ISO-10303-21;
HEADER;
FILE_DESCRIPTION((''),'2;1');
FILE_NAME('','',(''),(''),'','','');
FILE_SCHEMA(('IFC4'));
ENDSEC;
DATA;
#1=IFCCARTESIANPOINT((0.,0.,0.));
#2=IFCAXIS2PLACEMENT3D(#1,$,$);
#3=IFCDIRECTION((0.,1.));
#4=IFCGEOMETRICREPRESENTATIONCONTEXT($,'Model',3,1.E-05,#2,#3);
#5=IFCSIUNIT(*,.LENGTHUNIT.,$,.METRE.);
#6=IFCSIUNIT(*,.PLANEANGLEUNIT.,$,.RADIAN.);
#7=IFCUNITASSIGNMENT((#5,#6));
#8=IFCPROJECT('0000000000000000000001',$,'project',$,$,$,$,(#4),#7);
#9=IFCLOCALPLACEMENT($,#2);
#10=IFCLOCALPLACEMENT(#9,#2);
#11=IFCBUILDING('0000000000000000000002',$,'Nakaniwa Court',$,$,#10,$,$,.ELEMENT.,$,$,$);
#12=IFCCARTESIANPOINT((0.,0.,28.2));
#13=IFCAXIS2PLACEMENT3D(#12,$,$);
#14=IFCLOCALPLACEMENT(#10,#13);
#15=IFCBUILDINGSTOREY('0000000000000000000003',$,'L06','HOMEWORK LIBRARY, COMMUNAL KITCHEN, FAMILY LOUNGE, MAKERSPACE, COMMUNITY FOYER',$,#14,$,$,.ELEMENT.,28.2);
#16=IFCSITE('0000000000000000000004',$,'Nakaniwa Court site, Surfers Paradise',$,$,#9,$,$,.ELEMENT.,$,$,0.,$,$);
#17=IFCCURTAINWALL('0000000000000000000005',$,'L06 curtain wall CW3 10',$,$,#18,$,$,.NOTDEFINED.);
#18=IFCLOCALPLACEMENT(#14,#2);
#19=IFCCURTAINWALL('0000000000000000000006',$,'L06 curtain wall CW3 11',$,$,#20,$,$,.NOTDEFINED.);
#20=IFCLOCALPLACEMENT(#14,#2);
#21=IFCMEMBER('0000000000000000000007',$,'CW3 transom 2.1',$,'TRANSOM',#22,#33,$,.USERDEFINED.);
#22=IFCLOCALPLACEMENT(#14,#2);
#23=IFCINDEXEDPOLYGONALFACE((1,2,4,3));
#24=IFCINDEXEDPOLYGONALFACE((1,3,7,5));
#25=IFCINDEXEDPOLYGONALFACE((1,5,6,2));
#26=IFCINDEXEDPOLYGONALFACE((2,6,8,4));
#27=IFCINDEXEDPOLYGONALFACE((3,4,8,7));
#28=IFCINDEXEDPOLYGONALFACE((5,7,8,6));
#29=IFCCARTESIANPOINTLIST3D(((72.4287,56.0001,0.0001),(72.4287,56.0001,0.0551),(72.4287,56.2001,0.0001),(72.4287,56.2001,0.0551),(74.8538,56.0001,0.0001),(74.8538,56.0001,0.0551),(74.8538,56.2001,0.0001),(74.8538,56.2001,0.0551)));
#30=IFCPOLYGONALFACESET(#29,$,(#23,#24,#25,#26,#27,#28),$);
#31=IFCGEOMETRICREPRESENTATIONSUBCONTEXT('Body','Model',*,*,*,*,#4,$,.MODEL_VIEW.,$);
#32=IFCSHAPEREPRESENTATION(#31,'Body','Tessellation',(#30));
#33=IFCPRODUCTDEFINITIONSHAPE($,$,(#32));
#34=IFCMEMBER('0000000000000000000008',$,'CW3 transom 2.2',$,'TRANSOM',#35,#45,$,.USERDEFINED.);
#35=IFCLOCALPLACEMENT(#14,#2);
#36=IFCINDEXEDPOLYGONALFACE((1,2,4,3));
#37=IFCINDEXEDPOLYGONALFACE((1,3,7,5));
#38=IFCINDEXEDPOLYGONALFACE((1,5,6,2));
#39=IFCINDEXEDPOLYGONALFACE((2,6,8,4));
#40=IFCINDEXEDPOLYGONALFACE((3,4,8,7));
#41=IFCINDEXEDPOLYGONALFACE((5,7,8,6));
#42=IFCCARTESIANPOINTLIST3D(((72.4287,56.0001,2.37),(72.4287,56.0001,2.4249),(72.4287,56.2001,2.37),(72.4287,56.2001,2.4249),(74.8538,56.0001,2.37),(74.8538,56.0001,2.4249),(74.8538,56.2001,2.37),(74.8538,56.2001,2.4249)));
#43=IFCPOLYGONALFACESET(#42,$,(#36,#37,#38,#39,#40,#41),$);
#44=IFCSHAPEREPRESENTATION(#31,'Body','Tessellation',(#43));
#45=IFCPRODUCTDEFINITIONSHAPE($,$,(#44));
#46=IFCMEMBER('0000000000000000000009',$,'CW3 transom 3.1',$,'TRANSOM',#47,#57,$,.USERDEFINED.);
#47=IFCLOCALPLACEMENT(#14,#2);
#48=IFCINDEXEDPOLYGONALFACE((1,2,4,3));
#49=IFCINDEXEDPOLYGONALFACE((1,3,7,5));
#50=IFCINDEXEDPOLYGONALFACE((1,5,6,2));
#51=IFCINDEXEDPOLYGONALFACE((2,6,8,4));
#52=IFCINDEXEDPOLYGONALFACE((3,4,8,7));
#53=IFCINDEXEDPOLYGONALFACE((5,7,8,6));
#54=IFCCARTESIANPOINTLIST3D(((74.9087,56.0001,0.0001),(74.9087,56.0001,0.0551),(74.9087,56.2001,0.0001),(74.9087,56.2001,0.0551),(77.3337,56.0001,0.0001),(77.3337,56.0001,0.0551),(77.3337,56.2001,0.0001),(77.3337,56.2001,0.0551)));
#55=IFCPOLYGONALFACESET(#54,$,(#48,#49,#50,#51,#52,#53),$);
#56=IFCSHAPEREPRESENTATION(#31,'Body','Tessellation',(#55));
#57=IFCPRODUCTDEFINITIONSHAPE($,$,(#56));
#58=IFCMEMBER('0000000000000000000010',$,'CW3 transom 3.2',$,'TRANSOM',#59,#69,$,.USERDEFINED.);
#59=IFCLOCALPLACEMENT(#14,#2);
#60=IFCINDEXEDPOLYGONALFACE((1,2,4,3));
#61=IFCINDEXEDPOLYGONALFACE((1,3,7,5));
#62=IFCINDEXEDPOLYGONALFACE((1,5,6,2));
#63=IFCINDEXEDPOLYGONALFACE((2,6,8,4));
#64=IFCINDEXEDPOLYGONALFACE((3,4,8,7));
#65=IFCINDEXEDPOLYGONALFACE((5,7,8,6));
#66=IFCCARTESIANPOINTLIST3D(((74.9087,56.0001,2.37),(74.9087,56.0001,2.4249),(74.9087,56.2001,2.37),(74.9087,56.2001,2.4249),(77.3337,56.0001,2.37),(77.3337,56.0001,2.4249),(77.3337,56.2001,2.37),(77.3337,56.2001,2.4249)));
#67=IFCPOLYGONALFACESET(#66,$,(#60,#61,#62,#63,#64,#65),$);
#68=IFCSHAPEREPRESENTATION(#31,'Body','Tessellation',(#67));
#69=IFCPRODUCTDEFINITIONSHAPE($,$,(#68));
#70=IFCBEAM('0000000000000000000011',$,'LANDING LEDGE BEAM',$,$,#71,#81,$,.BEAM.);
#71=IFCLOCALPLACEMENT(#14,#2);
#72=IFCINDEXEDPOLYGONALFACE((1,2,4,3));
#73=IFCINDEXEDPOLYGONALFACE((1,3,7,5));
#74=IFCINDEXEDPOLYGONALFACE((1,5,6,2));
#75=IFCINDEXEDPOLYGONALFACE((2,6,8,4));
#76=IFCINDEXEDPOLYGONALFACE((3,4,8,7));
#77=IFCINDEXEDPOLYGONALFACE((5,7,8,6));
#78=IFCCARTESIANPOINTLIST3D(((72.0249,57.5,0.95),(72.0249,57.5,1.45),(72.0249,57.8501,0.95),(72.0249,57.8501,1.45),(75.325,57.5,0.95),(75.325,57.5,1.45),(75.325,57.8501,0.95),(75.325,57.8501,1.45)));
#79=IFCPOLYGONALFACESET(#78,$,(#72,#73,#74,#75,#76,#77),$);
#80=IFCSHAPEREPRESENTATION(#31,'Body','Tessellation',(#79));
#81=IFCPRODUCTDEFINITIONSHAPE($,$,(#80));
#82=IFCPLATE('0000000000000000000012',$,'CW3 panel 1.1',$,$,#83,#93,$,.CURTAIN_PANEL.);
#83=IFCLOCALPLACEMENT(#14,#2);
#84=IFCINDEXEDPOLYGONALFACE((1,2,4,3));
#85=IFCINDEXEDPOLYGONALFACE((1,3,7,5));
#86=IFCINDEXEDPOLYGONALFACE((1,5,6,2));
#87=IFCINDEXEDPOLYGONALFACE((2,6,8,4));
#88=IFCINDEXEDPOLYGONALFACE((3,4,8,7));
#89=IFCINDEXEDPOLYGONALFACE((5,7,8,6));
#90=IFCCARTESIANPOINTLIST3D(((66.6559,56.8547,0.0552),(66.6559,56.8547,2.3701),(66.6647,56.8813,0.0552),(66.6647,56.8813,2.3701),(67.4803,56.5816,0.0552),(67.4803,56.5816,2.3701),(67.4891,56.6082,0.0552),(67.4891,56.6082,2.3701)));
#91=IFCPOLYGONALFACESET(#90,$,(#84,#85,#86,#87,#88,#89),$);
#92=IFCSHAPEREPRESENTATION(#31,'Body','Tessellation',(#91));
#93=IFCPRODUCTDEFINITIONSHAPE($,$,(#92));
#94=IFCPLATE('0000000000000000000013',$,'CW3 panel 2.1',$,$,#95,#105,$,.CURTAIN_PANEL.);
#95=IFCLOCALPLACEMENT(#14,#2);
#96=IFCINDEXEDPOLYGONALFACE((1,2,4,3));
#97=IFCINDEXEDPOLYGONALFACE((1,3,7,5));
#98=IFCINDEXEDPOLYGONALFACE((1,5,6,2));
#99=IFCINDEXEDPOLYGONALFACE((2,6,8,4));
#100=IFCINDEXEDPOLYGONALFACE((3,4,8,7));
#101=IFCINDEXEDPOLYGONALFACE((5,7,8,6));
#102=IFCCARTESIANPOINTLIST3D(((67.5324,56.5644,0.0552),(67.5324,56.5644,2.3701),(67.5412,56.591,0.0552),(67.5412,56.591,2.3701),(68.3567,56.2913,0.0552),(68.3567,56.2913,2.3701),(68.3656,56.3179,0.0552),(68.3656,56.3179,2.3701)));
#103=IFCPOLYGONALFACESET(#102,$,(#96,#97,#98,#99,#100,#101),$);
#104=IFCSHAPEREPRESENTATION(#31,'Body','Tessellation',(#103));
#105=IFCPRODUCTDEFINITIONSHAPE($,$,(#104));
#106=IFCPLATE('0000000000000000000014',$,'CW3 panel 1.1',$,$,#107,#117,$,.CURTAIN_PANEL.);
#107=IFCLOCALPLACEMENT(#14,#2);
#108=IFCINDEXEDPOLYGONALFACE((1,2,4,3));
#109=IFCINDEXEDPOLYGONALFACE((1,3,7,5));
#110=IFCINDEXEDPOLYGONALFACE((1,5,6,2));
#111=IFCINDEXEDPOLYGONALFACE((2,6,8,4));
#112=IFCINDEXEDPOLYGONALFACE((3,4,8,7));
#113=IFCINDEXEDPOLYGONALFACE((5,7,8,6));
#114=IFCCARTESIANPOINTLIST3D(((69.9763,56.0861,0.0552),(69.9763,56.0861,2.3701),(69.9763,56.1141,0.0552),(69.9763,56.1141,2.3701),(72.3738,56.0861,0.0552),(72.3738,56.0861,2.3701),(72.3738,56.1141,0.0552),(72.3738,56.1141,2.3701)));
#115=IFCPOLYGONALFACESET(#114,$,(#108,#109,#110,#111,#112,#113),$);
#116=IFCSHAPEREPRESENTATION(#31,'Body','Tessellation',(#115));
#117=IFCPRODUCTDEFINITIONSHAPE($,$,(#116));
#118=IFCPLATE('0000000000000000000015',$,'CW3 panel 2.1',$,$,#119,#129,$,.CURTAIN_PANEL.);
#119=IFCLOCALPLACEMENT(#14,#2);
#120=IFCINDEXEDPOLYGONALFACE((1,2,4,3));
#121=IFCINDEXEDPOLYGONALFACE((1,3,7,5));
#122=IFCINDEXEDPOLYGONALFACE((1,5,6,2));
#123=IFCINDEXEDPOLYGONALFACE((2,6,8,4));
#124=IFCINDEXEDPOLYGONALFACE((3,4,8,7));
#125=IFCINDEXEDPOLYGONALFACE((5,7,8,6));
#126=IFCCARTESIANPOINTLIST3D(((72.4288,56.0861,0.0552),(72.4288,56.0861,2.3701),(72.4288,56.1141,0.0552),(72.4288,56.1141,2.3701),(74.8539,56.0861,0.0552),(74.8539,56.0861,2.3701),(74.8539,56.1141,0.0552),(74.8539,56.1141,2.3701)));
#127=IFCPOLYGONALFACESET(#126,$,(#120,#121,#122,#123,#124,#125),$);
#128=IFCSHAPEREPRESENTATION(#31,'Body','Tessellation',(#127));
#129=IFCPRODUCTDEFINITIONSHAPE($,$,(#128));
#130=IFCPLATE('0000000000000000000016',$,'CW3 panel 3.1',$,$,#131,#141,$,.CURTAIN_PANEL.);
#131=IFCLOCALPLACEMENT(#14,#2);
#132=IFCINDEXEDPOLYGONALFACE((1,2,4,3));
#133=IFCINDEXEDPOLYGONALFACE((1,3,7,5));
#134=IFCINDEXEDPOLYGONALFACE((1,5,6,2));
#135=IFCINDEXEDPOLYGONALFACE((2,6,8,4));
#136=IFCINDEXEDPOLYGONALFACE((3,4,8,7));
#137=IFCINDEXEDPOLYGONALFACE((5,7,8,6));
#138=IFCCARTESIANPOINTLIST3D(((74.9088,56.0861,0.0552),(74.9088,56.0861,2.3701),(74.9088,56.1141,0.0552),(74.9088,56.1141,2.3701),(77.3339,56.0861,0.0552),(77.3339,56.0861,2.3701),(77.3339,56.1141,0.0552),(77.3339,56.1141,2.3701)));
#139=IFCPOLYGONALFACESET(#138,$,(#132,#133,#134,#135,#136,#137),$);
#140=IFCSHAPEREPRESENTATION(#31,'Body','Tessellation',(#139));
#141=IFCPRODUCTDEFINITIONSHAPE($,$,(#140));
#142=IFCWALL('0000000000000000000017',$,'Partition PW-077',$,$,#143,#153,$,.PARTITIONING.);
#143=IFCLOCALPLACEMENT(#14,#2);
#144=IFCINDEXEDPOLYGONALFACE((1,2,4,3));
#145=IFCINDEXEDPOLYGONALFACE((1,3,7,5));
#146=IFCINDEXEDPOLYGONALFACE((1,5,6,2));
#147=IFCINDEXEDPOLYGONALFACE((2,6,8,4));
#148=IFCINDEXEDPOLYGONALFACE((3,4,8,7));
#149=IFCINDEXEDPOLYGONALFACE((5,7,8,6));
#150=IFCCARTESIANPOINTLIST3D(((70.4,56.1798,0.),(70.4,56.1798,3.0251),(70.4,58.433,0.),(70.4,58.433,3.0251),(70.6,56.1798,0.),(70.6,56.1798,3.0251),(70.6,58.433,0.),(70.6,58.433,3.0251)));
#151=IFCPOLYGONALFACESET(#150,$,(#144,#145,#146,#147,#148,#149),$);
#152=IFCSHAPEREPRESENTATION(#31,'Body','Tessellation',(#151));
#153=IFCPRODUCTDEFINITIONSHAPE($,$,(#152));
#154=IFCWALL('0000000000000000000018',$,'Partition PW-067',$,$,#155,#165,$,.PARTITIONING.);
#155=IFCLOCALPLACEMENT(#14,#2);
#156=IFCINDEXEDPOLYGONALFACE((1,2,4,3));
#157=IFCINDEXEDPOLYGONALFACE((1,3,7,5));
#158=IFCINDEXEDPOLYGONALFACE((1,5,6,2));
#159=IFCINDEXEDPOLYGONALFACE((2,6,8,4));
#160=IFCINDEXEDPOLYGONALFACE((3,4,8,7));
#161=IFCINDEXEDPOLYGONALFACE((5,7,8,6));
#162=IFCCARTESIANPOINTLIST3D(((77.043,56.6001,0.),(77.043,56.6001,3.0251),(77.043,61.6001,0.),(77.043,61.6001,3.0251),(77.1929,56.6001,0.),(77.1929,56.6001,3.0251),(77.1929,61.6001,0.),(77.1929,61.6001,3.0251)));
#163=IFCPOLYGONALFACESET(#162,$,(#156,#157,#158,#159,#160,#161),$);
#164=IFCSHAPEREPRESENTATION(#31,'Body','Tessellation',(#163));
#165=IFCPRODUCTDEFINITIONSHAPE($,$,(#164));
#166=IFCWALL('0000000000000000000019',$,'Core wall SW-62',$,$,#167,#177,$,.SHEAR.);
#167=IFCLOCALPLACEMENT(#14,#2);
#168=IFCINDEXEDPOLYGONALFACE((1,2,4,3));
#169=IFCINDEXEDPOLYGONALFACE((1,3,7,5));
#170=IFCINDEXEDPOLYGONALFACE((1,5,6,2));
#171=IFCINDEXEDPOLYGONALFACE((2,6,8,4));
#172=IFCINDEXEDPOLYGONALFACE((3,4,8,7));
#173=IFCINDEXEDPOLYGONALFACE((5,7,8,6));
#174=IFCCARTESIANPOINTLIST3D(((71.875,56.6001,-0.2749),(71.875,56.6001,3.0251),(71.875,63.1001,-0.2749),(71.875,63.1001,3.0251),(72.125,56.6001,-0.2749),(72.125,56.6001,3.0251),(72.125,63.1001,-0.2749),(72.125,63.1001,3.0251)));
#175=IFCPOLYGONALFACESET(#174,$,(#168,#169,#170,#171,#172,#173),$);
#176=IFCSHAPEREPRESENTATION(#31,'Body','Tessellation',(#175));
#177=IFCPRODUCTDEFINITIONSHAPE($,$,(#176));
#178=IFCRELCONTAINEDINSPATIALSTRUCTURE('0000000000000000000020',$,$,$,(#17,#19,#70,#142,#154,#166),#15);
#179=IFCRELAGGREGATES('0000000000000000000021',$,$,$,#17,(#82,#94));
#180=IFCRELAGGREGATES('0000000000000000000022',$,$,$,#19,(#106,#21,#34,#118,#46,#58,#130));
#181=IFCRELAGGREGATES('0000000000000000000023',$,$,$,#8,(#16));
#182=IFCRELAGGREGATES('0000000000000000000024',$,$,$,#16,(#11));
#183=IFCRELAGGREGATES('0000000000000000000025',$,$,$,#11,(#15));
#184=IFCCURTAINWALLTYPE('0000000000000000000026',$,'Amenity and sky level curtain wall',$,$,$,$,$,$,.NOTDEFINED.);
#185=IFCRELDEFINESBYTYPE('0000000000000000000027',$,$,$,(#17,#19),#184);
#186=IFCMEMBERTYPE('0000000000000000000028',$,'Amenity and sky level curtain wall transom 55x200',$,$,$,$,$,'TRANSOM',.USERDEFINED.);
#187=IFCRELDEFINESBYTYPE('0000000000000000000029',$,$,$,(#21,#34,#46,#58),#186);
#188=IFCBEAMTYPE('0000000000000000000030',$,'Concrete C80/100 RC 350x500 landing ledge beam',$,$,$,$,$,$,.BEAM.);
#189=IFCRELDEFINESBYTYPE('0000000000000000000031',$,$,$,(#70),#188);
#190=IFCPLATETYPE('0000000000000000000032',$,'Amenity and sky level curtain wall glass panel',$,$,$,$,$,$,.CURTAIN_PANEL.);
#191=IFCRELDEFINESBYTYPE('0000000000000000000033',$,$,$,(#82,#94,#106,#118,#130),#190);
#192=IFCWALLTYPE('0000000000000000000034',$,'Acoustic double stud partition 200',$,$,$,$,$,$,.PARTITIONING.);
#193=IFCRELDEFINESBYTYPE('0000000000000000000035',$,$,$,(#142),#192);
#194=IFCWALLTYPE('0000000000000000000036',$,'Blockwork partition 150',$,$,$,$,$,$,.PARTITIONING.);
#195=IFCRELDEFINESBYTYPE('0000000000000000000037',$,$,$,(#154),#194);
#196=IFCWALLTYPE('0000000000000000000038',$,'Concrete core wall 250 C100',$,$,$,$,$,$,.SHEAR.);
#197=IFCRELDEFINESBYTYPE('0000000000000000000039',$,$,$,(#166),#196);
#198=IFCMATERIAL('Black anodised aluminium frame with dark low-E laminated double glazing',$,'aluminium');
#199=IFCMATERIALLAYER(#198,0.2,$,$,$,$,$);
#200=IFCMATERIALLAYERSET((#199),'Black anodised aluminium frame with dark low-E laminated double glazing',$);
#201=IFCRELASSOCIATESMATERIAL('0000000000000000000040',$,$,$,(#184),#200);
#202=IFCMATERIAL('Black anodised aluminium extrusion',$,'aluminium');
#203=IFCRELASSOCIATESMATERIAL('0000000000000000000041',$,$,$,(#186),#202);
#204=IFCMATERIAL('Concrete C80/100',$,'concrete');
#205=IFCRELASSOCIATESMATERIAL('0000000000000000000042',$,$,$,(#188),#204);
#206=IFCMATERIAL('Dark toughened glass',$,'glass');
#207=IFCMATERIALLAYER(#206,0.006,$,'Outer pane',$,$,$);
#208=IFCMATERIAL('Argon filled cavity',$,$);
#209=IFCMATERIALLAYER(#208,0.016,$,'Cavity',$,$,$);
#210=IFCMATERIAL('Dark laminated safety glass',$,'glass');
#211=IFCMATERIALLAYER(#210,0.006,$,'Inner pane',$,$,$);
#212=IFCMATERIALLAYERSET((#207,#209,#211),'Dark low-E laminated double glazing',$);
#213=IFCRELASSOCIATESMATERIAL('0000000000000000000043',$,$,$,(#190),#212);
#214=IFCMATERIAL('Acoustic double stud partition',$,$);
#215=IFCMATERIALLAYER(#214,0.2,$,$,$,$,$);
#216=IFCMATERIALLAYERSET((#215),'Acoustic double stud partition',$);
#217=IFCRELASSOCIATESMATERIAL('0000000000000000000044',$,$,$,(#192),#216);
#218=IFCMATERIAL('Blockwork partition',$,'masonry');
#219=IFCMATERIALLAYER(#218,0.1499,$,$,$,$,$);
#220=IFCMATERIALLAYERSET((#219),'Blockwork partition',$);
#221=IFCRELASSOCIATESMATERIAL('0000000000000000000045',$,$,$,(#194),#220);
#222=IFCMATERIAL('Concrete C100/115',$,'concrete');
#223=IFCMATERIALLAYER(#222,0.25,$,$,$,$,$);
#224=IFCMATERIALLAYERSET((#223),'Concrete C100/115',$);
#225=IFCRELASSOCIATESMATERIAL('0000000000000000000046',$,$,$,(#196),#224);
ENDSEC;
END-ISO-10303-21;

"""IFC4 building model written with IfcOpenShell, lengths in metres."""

from ifc_helpers import new_model, si_unit, direction, frame, frame_2d, origin, origin_2d, place, context, subcontext, project, spatial, rectangle, extrude, material, layer, layer_set, material_profile, profile_set, type_object, element, aggregate, save


model = new_model("IFC4")

# Units and contexts
model_context = context("Model", 3, precision=1e-05, world=origin(), true_north=direction((0.0, 1.0)))
body_context = subcontext(model_context, "Body", "Model", "MODEL_VIEW")
ifc_project = project(units=[si_unit("LENGTHUNIT", "METRE"), si_unit("PLANEANGLEUNIT", "RADIAN")], contexts=[model_context])

# Site, building, storey
site_placement = place(None, origin())
site = spatial("IfcSite", under=ifc_project, at=site_placement, Name="Nakaniwa Court site, Surfers Paradise", CompositionType="ELEMENT", RefElevation=0.0)
building_placement = place(site_placement, origin())
building = spatial("IfcBuilding", under=site, at=building_placement, Name="Nakaniwa Court", CompositionType="ELEMENT")
storey_placement = place(building_placement, frame((0.0, 0.0, 28.2)))
storey = spatial("IfcBuildingStorey", under=building, at=storey_placement, Name="L06", Description="HOMEWORK LIBRARY, COMMUNAL KITCHEN, FAMILY LOUNGE, MAKERSPACE, COMMUNITY FOYER", CompositionType="ELEMENT", Elevation=28.2)

# Shared definitions
ifc_material_1 = material(Name="Concrete C100/115", Category="concrete")

# Shared definitions
ifc_material_2 = material(Name="Black anodised aluminium frame with dark low-E laminated double glazing", Category="aluminium")
ifc_layer_1 = layer(ifc_material_2, 0.2)
ifc_layer_set_1 = layer_set([ifc_layer_1], Name="Black anodised aluminium frame with dark low-E laminated double glazing")
curtain_wall_type = type_object("IfcCurtainWallType", Name="Amenity and sky level curtain wall", PredefinedType="NOTDEFINED", material=ifc_layer_set_1)
ifc_material_3 = material(Name="Black anodised aluminium extrusion", Category="aluminium")

# Curtain walls
curtain_wall_1_placement = place(storey_placement, origin())
curtain_wall_1 = element("IfcCurtainWall", 1, at=curtain_wall_1_placement, inside=storey, type_object=curtain_wall_type, Name="L06 curtain wall CW3 10", PredefinedType="NOTDEFINED")
curtain_wall_2_placement = place(storey_placement, origin())
curtain_wall_2 = element("IfcCurtainWall", 2, at=curtain_wall_2_placement, inside=storey, type_object=curtain_wall_type, Name="L06 curtain wall CW3 11", PredefinedType="NOTDEFINED")

# Members
ifc_material_profile_1 = material_profile(ifc_material_3, rectangle(XDim=0.2, YDim=0.0549, at=origin_2d()), Name="Amenity and sky level curtain wall transom 55x200")
ifc_profile_set_1 = profile_set([ifc_material_profile_1], Name="Black anodised aluminium extrusion")
member_type_1 = type_object("IfcMemberType", Name="Amenity and sky level curtain wall transom 55x200", ElementType="TRANSOM", PredefinedType="USERDEFINED", material=ifc_profile_set_1)
member_1_placement = place(storey_placement, frame((72.4287, 56.1001, 0.0276), z_axis=(1.0, 0.0, 0.0), x_axis=(0.0, 1.0, 0.0)))
member_1 = element("IfcMember", 3, at=member_1_placement, type_object=member_type_1, Name="CW3 transom 2.1", ObjectType="TRANSOM", PredefinedType="USERDEFINED", context=body_context, shape_type="SweptSolid", body=[
    extrude(rectangle(XDim=0.2, YDim=0.0549, at=origin_2d()), origin(), (0.0, 0.0, 1.0), 2.425),
])
member_2_placement = place(storey_placement, frame((72.4287, 56.1001, 2.3975), z_axis=(1.0, 0.0, 0.0), x_axis=(0.0, 1.0, 0.0)))
member_2 = element("IfcMember", 4, at=member_2_placement, type_object=member_type_1, Name="CW3 transom 2.2", ObjectType="TRANSOM", PredefinedType="USERDEFINED", context=body_context, shape_type="SweptSolid", body=[
    extrude(rectangle(XDim=0.2, YDim=0.0549, at=origin_2d()), origin(), (0.0, 0.0, 1.0), 2.425),
])
member_3_placement = place(storey_placement, frame((74.9087, 56.1001, 0.0276), z_axis=(1.0, 0.0, 0.0), x_axis=(0.0, 1.0, 0.0)))
member_3 = element("IfcMember", 5, at=member_3_placement, type_object=member_type_1, Name="CW3 transom 3.1", ObjectType="TRANSOM", PredefinedType="USERDEFINED", context=body_context, shape_type="SweptSolid", body=[
    extrude(rectangle(XDim=0.2, YDim=0.0549, at=origin_2d()), origin(), (0.0, 0.0, 1.0), 2.425),
])
member_4_placement = place(storey_placement, frame((74.9087, 56.1001, 2.3975), z_axis=(1.0, 0.0, 0.0), x_axis=(0.0, 1.0, 0.0)))
member_4 = element("IfcMember", 6, at=member_4_placement, type_object=member_type_1, Name="CW3 transom 3.2", ObjectType="TRANSOM", PredefinedType="USERDEFINED", context=body_context, shape_type="SweptSolid", body=[
    extrude(rectangle(XDim=0.2, YDim=0.0549, at=origin_2d()), origin(), (0.0, 0.0, 1.0), 2.425),
])

# Beam
ifc_material_4 = material(Name="Concrete C80/100", Category="concrete")
ifc_material_profile_2 = material_profile(ifc_material_4, rectangle(XDim=0.3501, YDim=0.5, at=origin_2d()), Name="Concrete C80/100 RC 350x500 landing ledge beam")
ifc_profile_set_2 = profile_set([ifc_material_profile_2], Name="Concrete C80/100")
beam_type = type_object("IfcBeamType", Name="Concrete C80/100 RC 350x500 landing ledge beam", PredefinedType="BEAM", material=ifc_profile_set_2)
beam_placement = place(storey_placement, frame((72.0249, 57.675, 1.2), z_axis=(1.0, 0.0, 0.0), x_axis=(0.0, 1.0, 0.0)))
element("IfcBeam", 7, at=beam_placement, inside=storey, type_object=beam_type, Name="LANDING LEDGE BEAM", PredefinedType="BEAM", context=body_context, shape_type="SweptSolid", body=[
    extrude(rectangle(XDim=0.3501, YDim=0.5, at=origin_2d()), origin(), (0.0, 0.0, 1.0), 3.3),
])

# Plates
ifc_material_5 = material(Name="Dark toughened glass", Category="glass")
ifc_layer_2 = layer(ifc_material_5, 0.006, Name="Outer pane")
ifc_material_6 = material(Name="Argon filled cavity")
ifc_layer_3 = layer(ifc_material_6, 0.016, Name="Cavity")
ifc_material_7 = material(Name="Dark laminated safety glass", Category="glass")
ifc_layer_4 = layer(ifc_material_7, 0.006, Name="Inner pane")
ifc_layer_set_2 = layer_set([ifc_layer_2, ifc_layer_3, ifc_layer_4], Name="Dark low-E laminated double glazing")
plate_type = type_object("IfcPlateType", Name="Amenity and sky level curtain wall glass panel", PredefinedType="CURTAIN_PANEL", material=ifc_layer_set_2)
plate_1_placement = place(storey_placement, frame((67.0725, 56.7314, 0.0552), z_axis=(0.0, 0.0, 1.0), x_axis=(0.949265, -0.314476, 0.0)))
plate_1 = element("IfcPlate", 8, at=plate_1_placement, type_object=plate_type, Name="CW3 panel 1.1", PredefinedType="CURTAIN_PANEL", context=body_context, shape_type="SweptSolid", body=[
    extrude(rectangle(XDim=0.8684, YDim=0.0281, at=origin_2d()), origin(), (0.0, 0.0, 1.0), 2.3149),
])
plate_2_placement = place(storey_placement, frame((67.949, 56.4412, 0.0552), z_axis=(0.0, 0.0, 1.0), x_axis=(0.949265, -0.314476, 0.0)))
plate_2 = element("IfcPlate", 9, at=plate_2_placement, type_object=plate_type, Name="CW3 panel 2.1", PredefinedType="CURTAIN_PANEL", context=body_context, shape_type="SweptSolid", body=[
    extrude(rectangle(XDim=0.8684, YDim=0.0281, at=origin_2d()), origin(), (0.0, 0.0, 1.0), 2.3149),
])
aggregate(curtain_wall_1, [plate_1, plate_2])
plate_3_placement = place(storey_placement, frame((71.175, 56.1001, 0.0552), z_axis=(0.0, 0.0, 1.0), x_axis=(1.0, 0.0, 0.0)))
plate_3 = element("IfcPlate", 10, at=plate_3_placement, type_object=plate_type, Name="CW3 panel 1.1", PredefinedType="CURTAIN_PANEL", context=body_context, shape_type="SweptSolid", body=[
    extrude(rectangle(XDim=2.3975, YDim=0.0281, at=origin_2d()), origin(), (0.0, 0.0, 1.0), 2.3149),
])
plate_4_placement = place(storey_placement, frame((73.6414, 56.1001, 0.0552), z_axis=(0.0, 0.0, 1.0), x_axis=(1.0, 0.0, 0.0)))
plate_4 = element("IfcPlate", 11, at=plate_4_placement, type_object=plate_type, Name="CW3 panel 2.1", PredefinedType="CURTAIN_PANEL", context=body_context, shape_type="SweptSolid", body=[
    extrude(rectangle(XDim=2.425, YDim=0.0281, at=origin_2d()), origin(), (0.0, 0.0, 1.0), 2.3149),
])
plate_5_placement = place(storey_placement, frame((76.1213, 56.1001, 0.0552), z_axis=(0.0, 0.0, 1.0), x_axis=(1.0, 0.0, 0.0)))
plate_5 = element("IfcPlate", 12, at=plate_5_placement, type_object=plate_type, Name="CW3 panel 3.1", PredefinedType="CURTAIN_PANEL", context=body_context, shape_type="SweptSolid", body=[
    extrude(rectangle(XDim=2.425, YDim=0.0281, at=origin_2d()), origin(), (0.0, 0.0, 1.0), 2.3149),
])
aggregate(curtain_wall_2, [plate_3, member_1, member_2, plate_4, member_3, member_4, plate_5])

# Walls
ifc_material_8 = material(Name="Acoustic double stud partition")
ifc_layer_5 = layer(ifc_material_8, 0.2)
ifc_layer_set_3 = layer_set([ifc_layer_5], Name="Acoustic double stud partition")
wall_type_1 = type_object("IfcWallType", Name="Acoustic double stud partition 200", PredefinedType="PARTITIONING", material=ifc_layer_set_3)
wall_1_placement = place(storey_placement, frame((70.5, 56.1799, 0.0), z_axis=(0.0, 0.0, 1.0), x_axis=(0.0, 1.0, 0.0)))
element("IfcWall", 13, at=wall_1_placement, inside=storey, type_object=wall_type_1, Name="Partition PW-077", PredefinedType="PARTITIONING", context=body_context, shape_type="SweptSolid", body=[
    extrude(rectangle(XDim=2.2532, YDim=0.2, at=frame_2d((1.1265, 0.0))), origin(), (0.0, 0.0, 1.0), 3.0251),
])
ifc_material_9 = material(Name="Blockwork partition", Category="masonry")
ifc_layer_6 = layer(ifc_material_9, 0.1499)
ifc_layer_set_4 = layer_set([ifc_layer_6], Name="Blockwork partition")
wall_type_2 = type_object("IfcWallType", Name="Blockwork partition 150", PredefinedType="PARTITIONING", material=ifc_layer_set_4)
wall_2_placement = place(storey_placement, frame((77.1179, 56.6001, 0.0), z_axis=(0.0, 0.0, 1.0), x_axis=(0.0, 1.0, 0.0)))
element("IfcWall", 14, at=wall_2_placement, inside=storey, type_object=wall_type_2, Name="Partition PW-067", PredefinedType="PARTITIONING", context=body_context, shape_type="SweptSolid", body=[
    extrude(rectangle(XDim=5.0, YDim=0.1499, at=frame_2d((2.5, 0.0))), origin(), (0.0, 0.0, 1.0), 3.0251),
])
ifc_layer_7 = layer(ifc_material_1, 0.25)
ifc_layer_set_5 = layer_set([ifc_layer_7], Name="Concrete C100/115")
wall_type_3 = type_object("IfcWallType", Name="Concrete core wall 250 C100", PredefinedType="SHEAR", material=ifc_layer_set_5)
wall_3_placement = place(storey_placement, frame((72.0, 56.6001, -0.2749), z_axis=(0.0, 0.0, 1.0), x_axis=(0.0, 1.0, 0.0)))
element("IfcWall", 15, at=wall_3_placement, inside=storey, type_object=wall_type_3, Name="Core wall SW-62", PredefinedType="SHEAR", context=body_context, shape_type="SweptSolid", body=[
    extrude(rectangle(XDim=6.5, YDim=0.25, at=frame_2d((3.25, 0.0))), origin(), (0.0, 0.0, 1.0), 3.3),
])

save(model, "model.ifc")
